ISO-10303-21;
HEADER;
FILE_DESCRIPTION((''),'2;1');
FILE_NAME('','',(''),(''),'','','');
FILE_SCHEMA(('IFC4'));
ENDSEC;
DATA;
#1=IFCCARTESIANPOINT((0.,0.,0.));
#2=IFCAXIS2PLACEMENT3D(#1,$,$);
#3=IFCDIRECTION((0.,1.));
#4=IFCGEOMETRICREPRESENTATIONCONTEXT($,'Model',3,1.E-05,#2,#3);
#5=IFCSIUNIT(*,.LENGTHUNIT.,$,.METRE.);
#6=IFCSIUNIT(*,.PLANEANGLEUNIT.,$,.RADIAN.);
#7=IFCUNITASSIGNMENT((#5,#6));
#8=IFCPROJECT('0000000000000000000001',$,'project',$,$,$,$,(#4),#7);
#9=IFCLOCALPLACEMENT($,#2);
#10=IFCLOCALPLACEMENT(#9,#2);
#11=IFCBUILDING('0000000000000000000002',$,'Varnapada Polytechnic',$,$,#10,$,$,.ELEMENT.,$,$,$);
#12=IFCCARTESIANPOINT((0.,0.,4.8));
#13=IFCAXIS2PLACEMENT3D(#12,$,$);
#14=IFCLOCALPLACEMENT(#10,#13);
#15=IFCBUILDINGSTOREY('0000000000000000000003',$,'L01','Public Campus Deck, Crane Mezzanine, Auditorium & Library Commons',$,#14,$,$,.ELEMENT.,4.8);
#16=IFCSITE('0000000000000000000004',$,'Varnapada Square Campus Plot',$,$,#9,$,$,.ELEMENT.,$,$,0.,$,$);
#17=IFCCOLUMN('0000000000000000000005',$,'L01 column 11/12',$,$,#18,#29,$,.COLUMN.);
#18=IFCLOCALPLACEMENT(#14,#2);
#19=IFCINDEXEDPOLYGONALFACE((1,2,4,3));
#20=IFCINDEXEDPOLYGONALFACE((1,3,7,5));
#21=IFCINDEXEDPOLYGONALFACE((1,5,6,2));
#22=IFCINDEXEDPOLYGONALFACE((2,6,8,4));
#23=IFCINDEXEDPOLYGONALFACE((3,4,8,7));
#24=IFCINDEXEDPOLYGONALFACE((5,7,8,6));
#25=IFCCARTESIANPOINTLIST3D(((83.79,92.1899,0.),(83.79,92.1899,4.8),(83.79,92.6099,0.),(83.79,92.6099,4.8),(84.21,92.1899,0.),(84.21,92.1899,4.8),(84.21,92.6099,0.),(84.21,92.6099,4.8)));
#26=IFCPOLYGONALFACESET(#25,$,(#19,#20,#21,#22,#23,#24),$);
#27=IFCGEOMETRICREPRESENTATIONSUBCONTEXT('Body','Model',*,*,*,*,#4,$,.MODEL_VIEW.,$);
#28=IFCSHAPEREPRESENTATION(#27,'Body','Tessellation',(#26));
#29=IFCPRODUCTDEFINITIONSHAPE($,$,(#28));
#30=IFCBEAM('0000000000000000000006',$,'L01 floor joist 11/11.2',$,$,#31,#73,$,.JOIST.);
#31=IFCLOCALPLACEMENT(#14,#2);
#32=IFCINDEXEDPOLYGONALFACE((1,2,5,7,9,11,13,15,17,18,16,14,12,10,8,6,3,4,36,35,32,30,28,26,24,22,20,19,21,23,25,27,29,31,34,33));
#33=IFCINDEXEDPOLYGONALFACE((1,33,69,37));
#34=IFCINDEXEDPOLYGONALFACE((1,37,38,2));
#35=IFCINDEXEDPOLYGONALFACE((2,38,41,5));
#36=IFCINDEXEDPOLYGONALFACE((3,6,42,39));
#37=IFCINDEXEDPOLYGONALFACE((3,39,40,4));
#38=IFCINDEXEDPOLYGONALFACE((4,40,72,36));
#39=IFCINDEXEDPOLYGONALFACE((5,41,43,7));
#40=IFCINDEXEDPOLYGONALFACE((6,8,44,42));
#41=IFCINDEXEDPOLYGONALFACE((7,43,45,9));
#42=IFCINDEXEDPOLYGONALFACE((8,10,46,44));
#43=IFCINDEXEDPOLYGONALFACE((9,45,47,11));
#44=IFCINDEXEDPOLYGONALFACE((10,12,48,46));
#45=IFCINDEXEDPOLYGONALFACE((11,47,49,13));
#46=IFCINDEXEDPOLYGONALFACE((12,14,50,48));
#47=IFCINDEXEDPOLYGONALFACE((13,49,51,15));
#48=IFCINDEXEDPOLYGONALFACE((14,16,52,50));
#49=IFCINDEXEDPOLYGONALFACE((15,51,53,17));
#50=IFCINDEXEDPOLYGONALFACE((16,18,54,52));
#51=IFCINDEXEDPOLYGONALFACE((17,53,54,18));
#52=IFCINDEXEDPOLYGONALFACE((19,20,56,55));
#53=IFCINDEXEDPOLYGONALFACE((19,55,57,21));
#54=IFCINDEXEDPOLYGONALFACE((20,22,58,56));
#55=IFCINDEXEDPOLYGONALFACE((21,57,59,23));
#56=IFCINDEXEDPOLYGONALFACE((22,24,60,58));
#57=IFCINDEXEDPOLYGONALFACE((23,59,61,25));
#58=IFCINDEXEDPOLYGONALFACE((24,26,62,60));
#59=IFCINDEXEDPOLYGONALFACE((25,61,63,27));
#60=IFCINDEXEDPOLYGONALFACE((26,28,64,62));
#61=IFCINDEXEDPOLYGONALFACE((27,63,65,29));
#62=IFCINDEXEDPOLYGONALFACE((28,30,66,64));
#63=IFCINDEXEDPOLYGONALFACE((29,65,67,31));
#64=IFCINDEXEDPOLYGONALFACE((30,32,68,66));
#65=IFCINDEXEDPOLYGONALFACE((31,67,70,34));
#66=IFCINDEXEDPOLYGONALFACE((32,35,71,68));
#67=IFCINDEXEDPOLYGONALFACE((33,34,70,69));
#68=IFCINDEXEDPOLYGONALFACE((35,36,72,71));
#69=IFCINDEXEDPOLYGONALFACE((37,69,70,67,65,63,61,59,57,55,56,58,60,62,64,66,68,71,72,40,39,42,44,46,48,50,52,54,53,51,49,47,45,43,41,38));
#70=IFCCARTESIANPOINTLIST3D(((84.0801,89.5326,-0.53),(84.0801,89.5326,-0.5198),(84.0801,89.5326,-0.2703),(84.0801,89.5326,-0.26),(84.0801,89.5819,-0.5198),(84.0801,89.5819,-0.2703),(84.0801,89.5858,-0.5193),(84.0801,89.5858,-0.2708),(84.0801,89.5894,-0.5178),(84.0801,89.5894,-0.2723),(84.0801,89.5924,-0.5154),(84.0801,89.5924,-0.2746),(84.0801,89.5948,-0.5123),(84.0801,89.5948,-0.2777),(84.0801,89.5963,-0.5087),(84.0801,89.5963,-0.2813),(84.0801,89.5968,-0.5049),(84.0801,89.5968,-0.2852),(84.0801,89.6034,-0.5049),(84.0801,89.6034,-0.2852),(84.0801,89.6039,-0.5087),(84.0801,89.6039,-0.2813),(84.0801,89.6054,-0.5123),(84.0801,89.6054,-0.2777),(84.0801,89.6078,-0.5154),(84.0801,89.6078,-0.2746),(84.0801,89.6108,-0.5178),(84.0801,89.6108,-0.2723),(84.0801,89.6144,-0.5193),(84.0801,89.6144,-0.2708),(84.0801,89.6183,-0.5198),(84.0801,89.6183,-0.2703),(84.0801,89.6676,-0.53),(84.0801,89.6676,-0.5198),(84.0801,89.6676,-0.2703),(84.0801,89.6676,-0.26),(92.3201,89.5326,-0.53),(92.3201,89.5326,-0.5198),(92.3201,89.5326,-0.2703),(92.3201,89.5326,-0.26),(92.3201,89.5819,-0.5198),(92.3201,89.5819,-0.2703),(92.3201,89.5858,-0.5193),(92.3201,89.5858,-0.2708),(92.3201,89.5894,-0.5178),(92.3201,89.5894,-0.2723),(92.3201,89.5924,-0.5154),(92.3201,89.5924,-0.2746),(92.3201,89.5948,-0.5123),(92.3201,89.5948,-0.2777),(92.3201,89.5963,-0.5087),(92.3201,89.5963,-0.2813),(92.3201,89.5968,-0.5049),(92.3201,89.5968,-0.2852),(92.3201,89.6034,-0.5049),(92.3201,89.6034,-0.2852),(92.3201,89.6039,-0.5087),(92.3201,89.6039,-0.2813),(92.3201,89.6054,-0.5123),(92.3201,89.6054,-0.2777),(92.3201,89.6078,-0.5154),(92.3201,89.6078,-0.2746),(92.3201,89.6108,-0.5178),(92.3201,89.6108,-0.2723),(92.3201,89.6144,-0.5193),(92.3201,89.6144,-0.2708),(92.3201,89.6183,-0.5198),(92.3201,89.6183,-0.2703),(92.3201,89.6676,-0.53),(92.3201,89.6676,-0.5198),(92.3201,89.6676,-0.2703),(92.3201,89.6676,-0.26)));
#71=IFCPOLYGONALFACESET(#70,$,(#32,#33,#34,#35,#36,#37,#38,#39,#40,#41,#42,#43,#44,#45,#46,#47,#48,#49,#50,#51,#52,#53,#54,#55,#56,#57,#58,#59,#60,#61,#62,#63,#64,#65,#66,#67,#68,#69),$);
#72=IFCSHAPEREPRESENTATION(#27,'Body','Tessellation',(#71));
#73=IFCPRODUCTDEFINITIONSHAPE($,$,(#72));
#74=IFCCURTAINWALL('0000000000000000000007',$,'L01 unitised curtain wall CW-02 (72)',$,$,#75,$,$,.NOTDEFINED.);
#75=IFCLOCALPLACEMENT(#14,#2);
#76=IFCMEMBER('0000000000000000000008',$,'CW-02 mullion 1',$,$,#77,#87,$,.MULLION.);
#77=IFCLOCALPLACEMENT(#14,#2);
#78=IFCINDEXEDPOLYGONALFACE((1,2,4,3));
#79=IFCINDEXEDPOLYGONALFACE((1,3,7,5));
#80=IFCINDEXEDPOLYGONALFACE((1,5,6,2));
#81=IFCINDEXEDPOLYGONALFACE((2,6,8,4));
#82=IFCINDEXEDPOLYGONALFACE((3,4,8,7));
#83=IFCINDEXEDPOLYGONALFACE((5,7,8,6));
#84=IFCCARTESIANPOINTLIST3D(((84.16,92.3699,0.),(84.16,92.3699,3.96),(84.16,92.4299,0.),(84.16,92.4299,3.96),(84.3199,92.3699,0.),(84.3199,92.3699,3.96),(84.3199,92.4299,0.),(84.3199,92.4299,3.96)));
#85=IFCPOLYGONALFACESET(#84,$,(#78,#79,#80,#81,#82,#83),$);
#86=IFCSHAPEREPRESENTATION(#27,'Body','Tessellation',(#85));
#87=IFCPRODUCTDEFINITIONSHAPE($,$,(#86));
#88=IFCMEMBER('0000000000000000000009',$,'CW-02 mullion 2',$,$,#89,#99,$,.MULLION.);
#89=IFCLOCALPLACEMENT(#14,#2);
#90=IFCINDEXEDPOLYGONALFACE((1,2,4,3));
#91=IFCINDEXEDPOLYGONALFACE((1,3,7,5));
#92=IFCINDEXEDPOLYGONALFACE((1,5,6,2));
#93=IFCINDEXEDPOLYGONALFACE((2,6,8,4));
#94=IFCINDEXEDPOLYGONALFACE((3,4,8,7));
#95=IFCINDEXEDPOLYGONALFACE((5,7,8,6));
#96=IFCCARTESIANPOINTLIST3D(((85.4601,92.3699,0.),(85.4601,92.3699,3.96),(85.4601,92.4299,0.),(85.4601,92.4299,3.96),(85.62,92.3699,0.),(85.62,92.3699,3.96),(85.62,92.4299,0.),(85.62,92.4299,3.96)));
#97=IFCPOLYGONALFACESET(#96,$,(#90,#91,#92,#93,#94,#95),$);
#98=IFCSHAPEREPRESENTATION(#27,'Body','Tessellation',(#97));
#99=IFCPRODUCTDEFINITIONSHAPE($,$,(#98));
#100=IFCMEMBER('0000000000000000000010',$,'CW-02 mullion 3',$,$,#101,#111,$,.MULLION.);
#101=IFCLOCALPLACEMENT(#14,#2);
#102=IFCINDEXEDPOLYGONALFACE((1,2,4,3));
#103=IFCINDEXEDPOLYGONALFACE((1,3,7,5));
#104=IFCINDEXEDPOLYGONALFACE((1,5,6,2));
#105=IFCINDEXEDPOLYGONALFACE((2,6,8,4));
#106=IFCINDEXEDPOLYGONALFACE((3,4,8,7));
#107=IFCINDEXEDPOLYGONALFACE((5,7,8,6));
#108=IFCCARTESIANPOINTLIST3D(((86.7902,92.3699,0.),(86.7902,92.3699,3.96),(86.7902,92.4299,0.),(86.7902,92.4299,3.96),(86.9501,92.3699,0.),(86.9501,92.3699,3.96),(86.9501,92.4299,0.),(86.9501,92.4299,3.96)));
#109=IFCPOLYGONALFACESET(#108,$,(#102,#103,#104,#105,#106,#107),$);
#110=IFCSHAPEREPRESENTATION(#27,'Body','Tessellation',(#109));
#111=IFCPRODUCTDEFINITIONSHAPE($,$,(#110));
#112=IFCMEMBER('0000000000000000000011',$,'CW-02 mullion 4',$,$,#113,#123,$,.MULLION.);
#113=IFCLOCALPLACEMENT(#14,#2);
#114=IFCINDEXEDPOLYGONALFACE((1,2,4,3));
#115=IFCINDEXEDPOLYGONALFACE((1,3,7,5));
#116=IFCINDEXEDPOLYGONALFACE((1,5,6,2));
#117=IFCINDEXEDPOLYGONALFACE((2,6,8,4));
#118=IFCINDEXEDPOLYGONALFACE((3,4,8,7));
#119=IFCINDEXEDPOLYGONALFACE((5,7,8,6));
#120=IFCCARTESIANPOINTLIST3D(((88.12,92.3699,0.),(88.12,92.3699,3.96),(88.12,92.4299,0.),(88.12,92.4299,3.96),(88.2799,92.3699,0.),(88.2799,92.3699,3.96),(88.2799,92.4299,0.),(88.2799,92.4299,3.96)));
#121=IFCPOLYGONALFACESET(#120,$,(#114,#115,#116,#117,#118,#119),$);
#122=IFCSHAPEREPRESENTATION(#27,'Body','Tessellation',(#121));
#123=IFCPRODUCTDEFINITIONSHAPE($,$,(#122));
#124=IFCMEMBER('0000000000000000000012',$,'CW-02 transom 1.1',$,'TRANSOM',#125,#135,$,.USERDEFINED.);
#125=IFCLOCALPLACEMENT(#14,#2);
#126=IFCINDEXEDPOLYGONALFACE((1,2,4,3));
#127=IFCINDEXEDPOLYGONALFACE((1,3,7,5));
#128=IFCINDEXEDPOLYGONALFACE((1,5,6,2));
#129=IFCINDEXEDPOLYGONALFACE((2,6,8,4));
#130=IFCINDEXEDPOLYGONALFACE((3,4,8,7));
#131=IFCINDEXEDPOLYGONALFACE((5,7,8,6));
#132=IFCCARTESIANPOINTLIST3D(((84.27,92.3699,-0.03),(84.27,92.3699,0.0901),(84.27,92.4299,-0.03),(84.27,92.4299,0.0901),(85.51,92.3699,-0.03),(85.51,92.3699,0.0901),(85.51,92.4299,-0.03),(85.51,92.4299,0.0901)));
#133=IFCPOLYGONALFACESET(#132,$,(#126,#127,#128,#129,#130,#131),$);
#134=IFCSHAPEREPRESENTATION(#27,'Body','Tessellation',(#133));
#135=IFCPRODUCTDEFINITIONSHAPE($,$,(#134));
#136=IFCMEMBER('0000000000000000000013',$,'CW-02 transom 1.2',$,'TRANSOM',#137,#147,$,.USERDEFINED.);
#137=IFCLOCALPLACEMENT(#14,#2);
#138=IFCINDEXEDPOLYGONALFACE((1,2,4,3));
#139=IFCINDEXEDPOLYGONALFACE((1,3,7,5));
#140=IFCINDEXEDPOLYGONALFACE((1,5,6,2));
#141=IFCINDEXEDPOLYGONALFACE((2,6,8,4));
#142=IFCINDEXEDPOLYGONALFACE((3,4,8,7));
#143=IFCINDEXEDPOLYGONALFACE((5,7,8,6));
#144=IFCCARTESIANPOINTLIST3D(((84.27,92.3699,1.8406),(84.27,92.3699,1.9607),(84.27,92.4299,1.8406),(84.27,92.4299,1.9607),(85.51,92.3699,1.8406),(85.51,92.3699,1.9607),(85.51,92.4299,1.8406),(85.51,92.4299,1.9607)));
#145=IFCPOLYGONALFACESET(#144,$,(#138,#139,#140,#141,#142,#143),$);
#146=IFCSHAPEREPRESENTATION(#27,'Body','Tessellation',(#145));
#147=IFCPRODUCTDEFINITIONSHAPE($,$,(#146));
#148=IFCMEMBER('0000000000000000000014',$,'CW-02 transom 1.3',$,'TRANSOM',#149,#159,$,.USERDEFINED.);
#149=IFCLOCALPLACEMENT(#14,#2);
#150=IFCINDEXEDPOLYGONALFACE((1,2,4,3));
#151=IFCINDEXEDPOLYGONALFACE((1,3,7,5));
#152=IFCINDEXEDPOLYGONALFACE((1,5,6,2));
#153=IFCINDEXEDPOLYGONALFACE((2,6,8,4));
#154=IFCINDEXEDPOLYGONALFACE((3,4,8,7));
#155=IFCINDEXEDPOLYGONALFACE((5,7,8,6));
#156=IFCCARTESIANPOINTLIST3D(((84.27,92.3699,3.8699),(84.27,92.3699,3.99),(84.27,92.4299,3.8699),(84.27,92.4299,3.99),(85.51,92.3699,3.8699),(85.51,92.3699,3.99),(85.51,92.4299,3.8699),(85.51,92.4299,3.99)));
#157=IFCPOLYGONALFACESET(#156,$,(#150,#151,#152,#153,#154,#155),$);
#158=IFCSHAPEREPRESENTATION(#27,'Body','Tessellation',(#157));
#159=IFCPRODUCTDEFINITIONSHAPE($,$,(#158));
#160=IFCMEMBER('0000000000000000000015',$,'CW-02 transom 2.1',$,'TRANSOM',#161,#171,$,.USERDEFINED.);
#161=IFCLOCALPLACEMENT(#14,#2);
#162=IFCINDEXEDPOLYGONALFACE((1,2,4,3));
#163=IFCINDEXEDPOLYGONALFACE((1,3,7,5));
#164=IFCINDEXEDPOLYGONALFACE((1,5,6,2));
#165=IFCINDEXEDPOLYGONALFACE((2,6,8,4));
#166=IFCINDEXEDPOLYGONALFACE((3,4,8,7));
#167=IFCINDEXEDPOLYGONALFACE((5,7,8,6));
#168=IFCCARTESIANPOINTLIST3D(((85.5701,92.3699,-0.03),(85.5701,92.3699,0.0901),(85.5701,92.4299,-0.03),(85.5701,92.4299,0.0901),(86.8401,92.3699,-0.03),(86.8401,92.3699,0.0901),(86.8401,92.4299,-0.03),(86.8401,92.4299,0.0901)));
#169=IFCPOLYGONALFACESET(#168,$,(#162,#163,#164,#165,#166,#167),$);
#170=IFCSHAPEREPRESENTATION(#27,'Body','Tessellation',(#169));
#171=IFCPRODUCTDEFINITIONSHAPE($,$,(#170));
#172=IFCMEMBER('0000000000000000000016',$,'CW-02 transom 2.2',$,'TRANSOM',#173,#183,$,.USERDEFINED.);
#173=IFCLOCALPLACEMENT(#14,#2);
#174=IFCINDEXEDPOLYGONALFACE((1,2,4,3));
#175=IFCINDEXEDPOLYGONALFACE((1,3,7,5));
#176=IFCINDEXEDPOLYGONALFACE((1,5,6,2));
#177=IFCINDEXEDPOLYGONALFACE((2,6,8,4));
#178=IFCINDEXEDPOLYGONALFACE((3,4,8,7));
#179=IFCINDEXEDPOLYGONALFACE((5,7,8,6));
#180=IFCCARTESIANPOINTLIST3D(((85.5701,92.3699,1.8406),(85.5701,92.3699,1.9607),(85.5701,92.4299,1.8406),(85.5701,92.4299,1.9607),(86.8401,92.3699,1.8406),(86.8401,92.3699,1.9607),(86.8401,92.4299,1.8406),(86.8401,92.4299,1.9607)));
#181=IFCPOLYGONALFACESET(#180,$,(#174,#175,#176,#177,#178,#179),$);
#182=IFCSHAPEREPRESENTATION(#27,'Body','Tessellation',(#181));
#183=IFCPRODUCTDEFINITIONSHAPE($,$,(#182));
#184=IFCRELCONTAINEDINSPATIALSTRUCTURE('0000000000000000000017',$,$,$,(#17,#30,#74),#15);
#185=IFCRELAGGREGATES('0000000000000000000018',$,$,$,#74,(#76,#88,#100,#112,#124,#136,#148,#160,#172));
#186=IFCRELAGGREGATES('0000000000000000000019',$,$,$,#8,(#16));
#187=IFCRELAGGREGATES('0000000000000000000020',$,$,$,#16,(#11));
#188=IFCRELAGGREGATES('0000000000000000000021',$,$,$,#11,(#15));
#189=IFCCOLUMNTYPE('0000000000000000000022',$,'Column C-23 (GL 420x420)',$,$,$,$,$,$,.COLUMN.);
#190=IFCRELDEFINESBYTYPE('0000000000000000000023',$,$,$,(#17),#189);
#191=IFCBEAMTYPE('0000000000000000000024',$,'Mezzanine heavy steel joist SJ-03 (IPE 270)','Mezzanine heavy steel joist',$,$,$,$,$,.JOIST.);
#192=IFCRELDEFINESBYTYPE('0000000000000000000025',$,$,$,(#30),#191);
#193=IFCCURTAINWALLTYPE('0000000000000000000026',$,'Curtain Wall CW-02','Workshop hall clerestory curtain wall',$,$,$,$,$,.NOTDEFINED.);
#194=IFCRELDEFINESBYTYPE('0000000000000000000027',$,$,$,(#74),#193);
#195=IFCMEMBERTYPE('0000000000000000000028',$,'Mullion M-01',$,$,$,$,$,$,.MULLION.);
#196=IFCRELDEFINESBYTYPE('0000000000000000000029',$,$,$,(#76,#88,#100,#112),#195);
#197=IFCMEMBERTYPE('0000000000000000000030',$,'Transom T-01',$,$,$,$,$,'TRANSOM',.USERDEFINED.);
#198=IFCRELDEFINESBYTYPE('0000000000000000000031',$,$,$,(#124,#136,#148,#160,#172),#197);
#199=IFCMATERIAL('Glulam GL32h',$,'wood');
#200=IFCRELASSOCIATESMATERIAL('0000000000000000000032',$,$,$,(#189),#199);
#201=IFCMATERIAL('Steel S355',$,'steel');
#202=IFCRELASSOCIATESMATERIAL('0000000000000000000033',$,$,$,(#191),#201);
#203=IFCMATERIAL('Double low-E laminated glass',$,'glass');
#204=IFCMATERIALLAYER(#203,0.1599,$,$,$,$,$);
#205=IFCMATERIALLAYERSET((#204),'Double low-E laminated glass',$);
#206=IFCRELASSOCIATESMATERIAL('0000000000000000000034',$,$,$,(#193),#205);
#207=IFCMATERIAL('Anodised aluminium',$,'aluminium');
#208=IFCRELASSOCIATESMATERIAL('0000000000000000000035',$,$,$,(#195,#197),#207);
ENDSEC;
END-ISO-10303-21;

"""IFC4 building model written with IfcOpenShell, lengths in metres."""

from ifc_helpers import new_model, si_unit, direction, frame, origin, origin_2d, place, context, subcontext, project, spatial, rectangle, i_section, extrude, material, layer, layer_set, material_profile, profile_set, type_object, element, aggregate, save


model = new_model("IFC4")

# Units and contexts
model_context = context("Model", 3, precision=1e-05, world=origin(), true_north=direction((0.0, 1.0)))
body_context = subcontext(model_context, "Body", "Model", "MODEL_VIEW")
ifc_project = project(units=[si_unit("LENGTHUNIT", "METRE"), si_unit("PLANEANGLEUNIT", "RADIAN")], contexts=[model_context])

# Site, building, storey
site_placement = place(None, origin())
site = spatial("IfcSite", under=ifc_project, at=site_placement, Name="Varnapada Square Campus Plot", CompositionType="ELEMENT", RefElevation=0.0)
building_placement = place(site_placement, origin())
building = spatial("IfcBuilding", under=site, at=building_placement, Name="Varnapada Polytechnic", CompositionType="ELEMENT")
storey_placement = place(building_placement, frame((0.0, 0.0, 4.8)))
storey = spatial("IfcBuildingStorey", under=building, at=storey_placement, Name="L01", Description="Public Campus Deck, Crane Mezzanine, Auditorium & Library Commons", CompositionType="ELEMENT", Elevation=4.8)

# Column
ifc_material_1 = material(Name="Glulam GL32h", Category="wood")
ifc_material_profile_1 = material_profile(ifc_material_1, rectangle(XDim=0.4199, YDim=0.4199, at=origin_2d()), Name="GL 420x420")
ifc_profile_set_1 = profile_set([ifc_material_profile_1], Name="Glulam GL32h")
column_type = type_object("IfcColumnType", Name="Column C-23 (GL 420x420)", PredefinedType="COLUMN", material=ifc_profile_set_1)
column_placement = place(storey_placement, frame((84.0, 92.3999, 0.0), z_axis=(0.0, 0.0, 1.0), x_axis=(1.0, 0.0, 0.0)))
element("IfcColumn", 1, at=column_placement, inside=storey, type_object=column_type, Name="L01 column 11/12", PredefinedType="COLUMN", context=body_context, shape_type="SweptSolid", body=[
    extrude(rectangle(XDim=0.4199, YDim=0.4199, at=origin_2d()), origin(), (0.0, 0.0, 1.0), 4.8),
])

# Beam
ifc_material_2 = material(Name="Steel S355", Category="steel")
ifc_material_profile_2 = material_profile(ifc_material_2, i_section(OverallWidth=0.135, OverallDepth=0.27, WebThickness=0.0066, FlangeThickness=0.0103, FilletRadius=0.0149, at=origin_2d()), Name="IPE 270")
ifc_profile_set_2 = profile_set([ifc_material_profile_2], Name="Steel S355")
beam_type_1 = type_object("IfcBeamType", Name="Mezzanine heavy steel joist SJ-03 (IPE 270)", Description="Mezzanine heavy steel joist", PredefinedType="JOIST", material=ifc_profile_set_2)
beam_1_placement = place(storey_placement, frame((84.0801, 89.6001, -0.395), z_axis=(1.0, 0.0, 0.0), x_axis=(0.0, 1.0, 0.0)))
element("IfcBeam", 2, at=beam_1_placement, inside=storey, type_object=beam_type_1, Name="L01 floor joist 11/11.2", PredefinedType="JOIST", context=body_context, shape_type="SweptSolid", body=[
    extrude(i_section(OverallWidth=0.135, OverallDepth=0.27, WebThickness=0.0066, FlangeThickness=0.0103, FilletRadius=0.0149, at=origin_2d()), origin(), (0.0, 0.0, 1.0), 8.24),
])

# Curtain wall, members
ifc_material_3 = material(Name="Double low-E laminated glass", Category="glass")
ifc_layer_1 = layer(ifc_material_3, 0.1599)
ifc_layer_set_1 = layer_set([ifc_layer_1], Name="Double low-E laminated glass")
curtain_wall_type = type_object("IfcCurtainWallType", Name="Curtain Wall CW-02", Description="Workshop hall clerestory curtain wall", PredefinedType="NOTDEFINED", material=ifc_layer_set_1)
curtain_wall_placement = place(storey_placement, origin())
curtain_wall = element("IfcCurtainWall", 3, at=curtain_wall_placement, inside=storey, type_object=curtain_wall_type, Name="L01 unitised curtain wall CW-02 (72)", PredefinedType="NOTDEFINED")
ifc_material_4 = material(Name="Anodised aluminium", Category="aluminium")
ifc_material_profile_3 = material_profile(ifc_material_4, rectangle(XDim=0.0601, YDim=0.1599, at=origin_2d()), Name="ALU M60x160")
ifc_profile_set_3 = profile_set([ifc_material_profile_3], Name="Anodised aluminium")
member_type_1 = type_object("IfcMemberType", Name="Mullion M-01", PredefinedType="MULLION", material=ifc_profile_set_3)
member_1_placement = place(storey_placement, frame((84.24, 92.3999, 0.0), z_axis=(0.0, 0.0, 1.0), x_axis=(0.0, 1.0, 0.0)))
member_1 = element("IfcMember", 4, at=member_1_placement, type_object=member_type_1, Name="CW-02 mullion 1", PredefinedType="MULLION", context=body_context, shape_type="SweptSolid", body=[
    extrude(rectangle(XDim=0.0601, YDim=0.1599, at=origin_2d()), origin(), (0.0, 0.0, 1.0), 3.96),
])
member_2_placement = place(storey_placement, frame((85.54, 92.3999, 0.0), z_axis=(0.0, 0.0, 1.0), x_axis=(0.0, 1.0, 0.0)))
member_2 = element("IfcMember", 5, at=member_2_placement, type_object=member_type_1, Name="CW-02 mullion 2", PredefinedType="MULLION", context=body_context, shape_type="SweptSolid", body=[
    extrude(rectangle(XDim=0.0601, YDim=0.1599, at=origin_2d()), origin(), (0.0, 0.0, 1.0), 3.96),
])
member_3_placement = place(storey_placement, frame((86.8701, 92.3999, 0.0), z_axis=(0.0, 0.0, 1.0), x_axis=(0.0, 1.0, 0.0)))
member_3 = element("IfcMember", 6, at=member_3_placement, type_object=member_type_1, Name="CW-02 mullion 3", PredefinedType="MULLION", context=body_context, shape_type="SweptSolid", body=[
    extrude(rectangle(XDim=0.0601, YDim=0.1599, at=origin_2d()), origin(), (0.0, 0.0, 1.0), 3.96),
])
member_4_placement = place(storey_placement, frame((88.2, 92.3999, 0.0), z_axis=(0.0, 0.0, 1.0), x_axis=(0.0, 1.0, 0.0)))
member_4 = element("IfcMember", 7, at=member_4_placement, type_object=member_type_1, Name="CW-02 mullion 4", PredefinedType="MULLION", context=body_context, shape_type="SweptSolid", body=[
    extrude(rectangle(XDim=0.0601, YDim=0.1599, at=origin_2d()), origin(), (0.0, 0.0, 1.0), 3.96),
])
ifc_material_profile_4 = material_profile(ifc_material_4, rectangle(XDim=0.0601, YDim=0.1201, at=origin_2d()), Name="ALU T60x120")
ifc_profile_set_4 = profile_set([ifc_material_profile_4], Name="Anodised aluminium")
member_type_2 = type_object("IfcMemberType", Name="Transom T-01", ElementType="TRANSOM", PredefinedType="USERDEFINED", material=ifc_profile_set_4)
member_5_placement = place(storey_placement, frame((84.27, 92.3999, 0.03), z_axis=(1.0, 0.0, 0.0), x_axis=(0.0, 1.0, 0.0)))
member_5 = element("IfcMember", 8, at=member_5_placement, type_object=member_type_2, Name="CW-02 transom 1.1", ObjectType="TRANSOM", PredefinedType="USERDEFINED", context=body_context, shape_type="SweptSolid", body=[
    extrude(rectangle(XDim=0.0601, YDim=0.1201, at=origin_2d()), origin(), (0.0, 0.0, 1.0), 1.24),
])
member_6_placement = place(storey_placement, frame((84.27, 92.3999, 1.9006), z_axis=(1.0, 0.0, 0.0), x_axis=(0.0, 1.0, 0.0)))
member_6 = element("IfcMember", 9, at=member_6_placement, type_object=member_type_2, Name="CW-02 transom 1.2", ObjectType="TRANSOM", PredefinedType="USERDEFINED", context=body_context, shape_type="SweptSolid", body=[
    extrude(rectangle(XDim=0.0601, YDim=0.1201, at=origin_2d()), origin(), (0.0, 0.0, 1.0), 1.24),
])
member_7_placement = place(storey_placement, frame((84.27, 92.3999, 3.9299), z_axis=(1.0, 0.0, 0.0), x_axis=(0.0, 1.0, 0.0)))
member_7 = element("IfcMember", 10, at=member_7_placement, type_object=member_type_2, Name="CW-02 transom 1.3", ObjectType="TRANSOM", PredefinedType="USERDEFINED", context=body_context, shape_type="SweptSolid", body=[
    extrude(rectangle(XDim=0.0601, YDim=0.1201, at=origin_2d()), origin(), (0.0, 0.0, 1.0), 1.24),
])
member_8_placement = place(storey_placement, frame((85.5701, 92.3999, 0.03), z_axis=(1.0, 0.0, 0.0), x_axis=(0.0, 1.0, 0.0)))
member_8 = element("IfcMember", 11, at=member_8_placement, type_object=member_type_2, Name="CW-02 transom 2.1", ObjectType="TRANSOM", PredefinedType="USERDEFINED", context=body_context, shape_type="SweptSolid", body=[
    extrude(rectangle(XDim=0.0601, YDim=0.1201, at=origin_2d()), origin(), (0.0, 0.0, 1.0), 1.27),
])
member_9_placement = place(storey_placement, frame((85.5701, 92.3999, 1.9006), z_axis=(1.0, 0.0, 0.0), x_axis=(0.0, 1.0, 0.0)))
member_9 = element("IfcMember", 12, at=member_9_placement, type_object=member_type_2, Name="CW-02 transom 2.2", ObjectType="TRANSOM", PredefinedType="USERDEFINED", context=body_context, shape_type="SweptSolid", body=[
    extrude(rectangle(XDim=0.0601, YDim=0.1201, at=origin_2d()), origin(), (0.0, 0.0, 1.0), 1.27),
])

aggregate(curtain_wall, [member_1, member_2, member_3, member_4, member_5, member_6, member_7, member_8, member_9])

save(model, "model.ifc")
